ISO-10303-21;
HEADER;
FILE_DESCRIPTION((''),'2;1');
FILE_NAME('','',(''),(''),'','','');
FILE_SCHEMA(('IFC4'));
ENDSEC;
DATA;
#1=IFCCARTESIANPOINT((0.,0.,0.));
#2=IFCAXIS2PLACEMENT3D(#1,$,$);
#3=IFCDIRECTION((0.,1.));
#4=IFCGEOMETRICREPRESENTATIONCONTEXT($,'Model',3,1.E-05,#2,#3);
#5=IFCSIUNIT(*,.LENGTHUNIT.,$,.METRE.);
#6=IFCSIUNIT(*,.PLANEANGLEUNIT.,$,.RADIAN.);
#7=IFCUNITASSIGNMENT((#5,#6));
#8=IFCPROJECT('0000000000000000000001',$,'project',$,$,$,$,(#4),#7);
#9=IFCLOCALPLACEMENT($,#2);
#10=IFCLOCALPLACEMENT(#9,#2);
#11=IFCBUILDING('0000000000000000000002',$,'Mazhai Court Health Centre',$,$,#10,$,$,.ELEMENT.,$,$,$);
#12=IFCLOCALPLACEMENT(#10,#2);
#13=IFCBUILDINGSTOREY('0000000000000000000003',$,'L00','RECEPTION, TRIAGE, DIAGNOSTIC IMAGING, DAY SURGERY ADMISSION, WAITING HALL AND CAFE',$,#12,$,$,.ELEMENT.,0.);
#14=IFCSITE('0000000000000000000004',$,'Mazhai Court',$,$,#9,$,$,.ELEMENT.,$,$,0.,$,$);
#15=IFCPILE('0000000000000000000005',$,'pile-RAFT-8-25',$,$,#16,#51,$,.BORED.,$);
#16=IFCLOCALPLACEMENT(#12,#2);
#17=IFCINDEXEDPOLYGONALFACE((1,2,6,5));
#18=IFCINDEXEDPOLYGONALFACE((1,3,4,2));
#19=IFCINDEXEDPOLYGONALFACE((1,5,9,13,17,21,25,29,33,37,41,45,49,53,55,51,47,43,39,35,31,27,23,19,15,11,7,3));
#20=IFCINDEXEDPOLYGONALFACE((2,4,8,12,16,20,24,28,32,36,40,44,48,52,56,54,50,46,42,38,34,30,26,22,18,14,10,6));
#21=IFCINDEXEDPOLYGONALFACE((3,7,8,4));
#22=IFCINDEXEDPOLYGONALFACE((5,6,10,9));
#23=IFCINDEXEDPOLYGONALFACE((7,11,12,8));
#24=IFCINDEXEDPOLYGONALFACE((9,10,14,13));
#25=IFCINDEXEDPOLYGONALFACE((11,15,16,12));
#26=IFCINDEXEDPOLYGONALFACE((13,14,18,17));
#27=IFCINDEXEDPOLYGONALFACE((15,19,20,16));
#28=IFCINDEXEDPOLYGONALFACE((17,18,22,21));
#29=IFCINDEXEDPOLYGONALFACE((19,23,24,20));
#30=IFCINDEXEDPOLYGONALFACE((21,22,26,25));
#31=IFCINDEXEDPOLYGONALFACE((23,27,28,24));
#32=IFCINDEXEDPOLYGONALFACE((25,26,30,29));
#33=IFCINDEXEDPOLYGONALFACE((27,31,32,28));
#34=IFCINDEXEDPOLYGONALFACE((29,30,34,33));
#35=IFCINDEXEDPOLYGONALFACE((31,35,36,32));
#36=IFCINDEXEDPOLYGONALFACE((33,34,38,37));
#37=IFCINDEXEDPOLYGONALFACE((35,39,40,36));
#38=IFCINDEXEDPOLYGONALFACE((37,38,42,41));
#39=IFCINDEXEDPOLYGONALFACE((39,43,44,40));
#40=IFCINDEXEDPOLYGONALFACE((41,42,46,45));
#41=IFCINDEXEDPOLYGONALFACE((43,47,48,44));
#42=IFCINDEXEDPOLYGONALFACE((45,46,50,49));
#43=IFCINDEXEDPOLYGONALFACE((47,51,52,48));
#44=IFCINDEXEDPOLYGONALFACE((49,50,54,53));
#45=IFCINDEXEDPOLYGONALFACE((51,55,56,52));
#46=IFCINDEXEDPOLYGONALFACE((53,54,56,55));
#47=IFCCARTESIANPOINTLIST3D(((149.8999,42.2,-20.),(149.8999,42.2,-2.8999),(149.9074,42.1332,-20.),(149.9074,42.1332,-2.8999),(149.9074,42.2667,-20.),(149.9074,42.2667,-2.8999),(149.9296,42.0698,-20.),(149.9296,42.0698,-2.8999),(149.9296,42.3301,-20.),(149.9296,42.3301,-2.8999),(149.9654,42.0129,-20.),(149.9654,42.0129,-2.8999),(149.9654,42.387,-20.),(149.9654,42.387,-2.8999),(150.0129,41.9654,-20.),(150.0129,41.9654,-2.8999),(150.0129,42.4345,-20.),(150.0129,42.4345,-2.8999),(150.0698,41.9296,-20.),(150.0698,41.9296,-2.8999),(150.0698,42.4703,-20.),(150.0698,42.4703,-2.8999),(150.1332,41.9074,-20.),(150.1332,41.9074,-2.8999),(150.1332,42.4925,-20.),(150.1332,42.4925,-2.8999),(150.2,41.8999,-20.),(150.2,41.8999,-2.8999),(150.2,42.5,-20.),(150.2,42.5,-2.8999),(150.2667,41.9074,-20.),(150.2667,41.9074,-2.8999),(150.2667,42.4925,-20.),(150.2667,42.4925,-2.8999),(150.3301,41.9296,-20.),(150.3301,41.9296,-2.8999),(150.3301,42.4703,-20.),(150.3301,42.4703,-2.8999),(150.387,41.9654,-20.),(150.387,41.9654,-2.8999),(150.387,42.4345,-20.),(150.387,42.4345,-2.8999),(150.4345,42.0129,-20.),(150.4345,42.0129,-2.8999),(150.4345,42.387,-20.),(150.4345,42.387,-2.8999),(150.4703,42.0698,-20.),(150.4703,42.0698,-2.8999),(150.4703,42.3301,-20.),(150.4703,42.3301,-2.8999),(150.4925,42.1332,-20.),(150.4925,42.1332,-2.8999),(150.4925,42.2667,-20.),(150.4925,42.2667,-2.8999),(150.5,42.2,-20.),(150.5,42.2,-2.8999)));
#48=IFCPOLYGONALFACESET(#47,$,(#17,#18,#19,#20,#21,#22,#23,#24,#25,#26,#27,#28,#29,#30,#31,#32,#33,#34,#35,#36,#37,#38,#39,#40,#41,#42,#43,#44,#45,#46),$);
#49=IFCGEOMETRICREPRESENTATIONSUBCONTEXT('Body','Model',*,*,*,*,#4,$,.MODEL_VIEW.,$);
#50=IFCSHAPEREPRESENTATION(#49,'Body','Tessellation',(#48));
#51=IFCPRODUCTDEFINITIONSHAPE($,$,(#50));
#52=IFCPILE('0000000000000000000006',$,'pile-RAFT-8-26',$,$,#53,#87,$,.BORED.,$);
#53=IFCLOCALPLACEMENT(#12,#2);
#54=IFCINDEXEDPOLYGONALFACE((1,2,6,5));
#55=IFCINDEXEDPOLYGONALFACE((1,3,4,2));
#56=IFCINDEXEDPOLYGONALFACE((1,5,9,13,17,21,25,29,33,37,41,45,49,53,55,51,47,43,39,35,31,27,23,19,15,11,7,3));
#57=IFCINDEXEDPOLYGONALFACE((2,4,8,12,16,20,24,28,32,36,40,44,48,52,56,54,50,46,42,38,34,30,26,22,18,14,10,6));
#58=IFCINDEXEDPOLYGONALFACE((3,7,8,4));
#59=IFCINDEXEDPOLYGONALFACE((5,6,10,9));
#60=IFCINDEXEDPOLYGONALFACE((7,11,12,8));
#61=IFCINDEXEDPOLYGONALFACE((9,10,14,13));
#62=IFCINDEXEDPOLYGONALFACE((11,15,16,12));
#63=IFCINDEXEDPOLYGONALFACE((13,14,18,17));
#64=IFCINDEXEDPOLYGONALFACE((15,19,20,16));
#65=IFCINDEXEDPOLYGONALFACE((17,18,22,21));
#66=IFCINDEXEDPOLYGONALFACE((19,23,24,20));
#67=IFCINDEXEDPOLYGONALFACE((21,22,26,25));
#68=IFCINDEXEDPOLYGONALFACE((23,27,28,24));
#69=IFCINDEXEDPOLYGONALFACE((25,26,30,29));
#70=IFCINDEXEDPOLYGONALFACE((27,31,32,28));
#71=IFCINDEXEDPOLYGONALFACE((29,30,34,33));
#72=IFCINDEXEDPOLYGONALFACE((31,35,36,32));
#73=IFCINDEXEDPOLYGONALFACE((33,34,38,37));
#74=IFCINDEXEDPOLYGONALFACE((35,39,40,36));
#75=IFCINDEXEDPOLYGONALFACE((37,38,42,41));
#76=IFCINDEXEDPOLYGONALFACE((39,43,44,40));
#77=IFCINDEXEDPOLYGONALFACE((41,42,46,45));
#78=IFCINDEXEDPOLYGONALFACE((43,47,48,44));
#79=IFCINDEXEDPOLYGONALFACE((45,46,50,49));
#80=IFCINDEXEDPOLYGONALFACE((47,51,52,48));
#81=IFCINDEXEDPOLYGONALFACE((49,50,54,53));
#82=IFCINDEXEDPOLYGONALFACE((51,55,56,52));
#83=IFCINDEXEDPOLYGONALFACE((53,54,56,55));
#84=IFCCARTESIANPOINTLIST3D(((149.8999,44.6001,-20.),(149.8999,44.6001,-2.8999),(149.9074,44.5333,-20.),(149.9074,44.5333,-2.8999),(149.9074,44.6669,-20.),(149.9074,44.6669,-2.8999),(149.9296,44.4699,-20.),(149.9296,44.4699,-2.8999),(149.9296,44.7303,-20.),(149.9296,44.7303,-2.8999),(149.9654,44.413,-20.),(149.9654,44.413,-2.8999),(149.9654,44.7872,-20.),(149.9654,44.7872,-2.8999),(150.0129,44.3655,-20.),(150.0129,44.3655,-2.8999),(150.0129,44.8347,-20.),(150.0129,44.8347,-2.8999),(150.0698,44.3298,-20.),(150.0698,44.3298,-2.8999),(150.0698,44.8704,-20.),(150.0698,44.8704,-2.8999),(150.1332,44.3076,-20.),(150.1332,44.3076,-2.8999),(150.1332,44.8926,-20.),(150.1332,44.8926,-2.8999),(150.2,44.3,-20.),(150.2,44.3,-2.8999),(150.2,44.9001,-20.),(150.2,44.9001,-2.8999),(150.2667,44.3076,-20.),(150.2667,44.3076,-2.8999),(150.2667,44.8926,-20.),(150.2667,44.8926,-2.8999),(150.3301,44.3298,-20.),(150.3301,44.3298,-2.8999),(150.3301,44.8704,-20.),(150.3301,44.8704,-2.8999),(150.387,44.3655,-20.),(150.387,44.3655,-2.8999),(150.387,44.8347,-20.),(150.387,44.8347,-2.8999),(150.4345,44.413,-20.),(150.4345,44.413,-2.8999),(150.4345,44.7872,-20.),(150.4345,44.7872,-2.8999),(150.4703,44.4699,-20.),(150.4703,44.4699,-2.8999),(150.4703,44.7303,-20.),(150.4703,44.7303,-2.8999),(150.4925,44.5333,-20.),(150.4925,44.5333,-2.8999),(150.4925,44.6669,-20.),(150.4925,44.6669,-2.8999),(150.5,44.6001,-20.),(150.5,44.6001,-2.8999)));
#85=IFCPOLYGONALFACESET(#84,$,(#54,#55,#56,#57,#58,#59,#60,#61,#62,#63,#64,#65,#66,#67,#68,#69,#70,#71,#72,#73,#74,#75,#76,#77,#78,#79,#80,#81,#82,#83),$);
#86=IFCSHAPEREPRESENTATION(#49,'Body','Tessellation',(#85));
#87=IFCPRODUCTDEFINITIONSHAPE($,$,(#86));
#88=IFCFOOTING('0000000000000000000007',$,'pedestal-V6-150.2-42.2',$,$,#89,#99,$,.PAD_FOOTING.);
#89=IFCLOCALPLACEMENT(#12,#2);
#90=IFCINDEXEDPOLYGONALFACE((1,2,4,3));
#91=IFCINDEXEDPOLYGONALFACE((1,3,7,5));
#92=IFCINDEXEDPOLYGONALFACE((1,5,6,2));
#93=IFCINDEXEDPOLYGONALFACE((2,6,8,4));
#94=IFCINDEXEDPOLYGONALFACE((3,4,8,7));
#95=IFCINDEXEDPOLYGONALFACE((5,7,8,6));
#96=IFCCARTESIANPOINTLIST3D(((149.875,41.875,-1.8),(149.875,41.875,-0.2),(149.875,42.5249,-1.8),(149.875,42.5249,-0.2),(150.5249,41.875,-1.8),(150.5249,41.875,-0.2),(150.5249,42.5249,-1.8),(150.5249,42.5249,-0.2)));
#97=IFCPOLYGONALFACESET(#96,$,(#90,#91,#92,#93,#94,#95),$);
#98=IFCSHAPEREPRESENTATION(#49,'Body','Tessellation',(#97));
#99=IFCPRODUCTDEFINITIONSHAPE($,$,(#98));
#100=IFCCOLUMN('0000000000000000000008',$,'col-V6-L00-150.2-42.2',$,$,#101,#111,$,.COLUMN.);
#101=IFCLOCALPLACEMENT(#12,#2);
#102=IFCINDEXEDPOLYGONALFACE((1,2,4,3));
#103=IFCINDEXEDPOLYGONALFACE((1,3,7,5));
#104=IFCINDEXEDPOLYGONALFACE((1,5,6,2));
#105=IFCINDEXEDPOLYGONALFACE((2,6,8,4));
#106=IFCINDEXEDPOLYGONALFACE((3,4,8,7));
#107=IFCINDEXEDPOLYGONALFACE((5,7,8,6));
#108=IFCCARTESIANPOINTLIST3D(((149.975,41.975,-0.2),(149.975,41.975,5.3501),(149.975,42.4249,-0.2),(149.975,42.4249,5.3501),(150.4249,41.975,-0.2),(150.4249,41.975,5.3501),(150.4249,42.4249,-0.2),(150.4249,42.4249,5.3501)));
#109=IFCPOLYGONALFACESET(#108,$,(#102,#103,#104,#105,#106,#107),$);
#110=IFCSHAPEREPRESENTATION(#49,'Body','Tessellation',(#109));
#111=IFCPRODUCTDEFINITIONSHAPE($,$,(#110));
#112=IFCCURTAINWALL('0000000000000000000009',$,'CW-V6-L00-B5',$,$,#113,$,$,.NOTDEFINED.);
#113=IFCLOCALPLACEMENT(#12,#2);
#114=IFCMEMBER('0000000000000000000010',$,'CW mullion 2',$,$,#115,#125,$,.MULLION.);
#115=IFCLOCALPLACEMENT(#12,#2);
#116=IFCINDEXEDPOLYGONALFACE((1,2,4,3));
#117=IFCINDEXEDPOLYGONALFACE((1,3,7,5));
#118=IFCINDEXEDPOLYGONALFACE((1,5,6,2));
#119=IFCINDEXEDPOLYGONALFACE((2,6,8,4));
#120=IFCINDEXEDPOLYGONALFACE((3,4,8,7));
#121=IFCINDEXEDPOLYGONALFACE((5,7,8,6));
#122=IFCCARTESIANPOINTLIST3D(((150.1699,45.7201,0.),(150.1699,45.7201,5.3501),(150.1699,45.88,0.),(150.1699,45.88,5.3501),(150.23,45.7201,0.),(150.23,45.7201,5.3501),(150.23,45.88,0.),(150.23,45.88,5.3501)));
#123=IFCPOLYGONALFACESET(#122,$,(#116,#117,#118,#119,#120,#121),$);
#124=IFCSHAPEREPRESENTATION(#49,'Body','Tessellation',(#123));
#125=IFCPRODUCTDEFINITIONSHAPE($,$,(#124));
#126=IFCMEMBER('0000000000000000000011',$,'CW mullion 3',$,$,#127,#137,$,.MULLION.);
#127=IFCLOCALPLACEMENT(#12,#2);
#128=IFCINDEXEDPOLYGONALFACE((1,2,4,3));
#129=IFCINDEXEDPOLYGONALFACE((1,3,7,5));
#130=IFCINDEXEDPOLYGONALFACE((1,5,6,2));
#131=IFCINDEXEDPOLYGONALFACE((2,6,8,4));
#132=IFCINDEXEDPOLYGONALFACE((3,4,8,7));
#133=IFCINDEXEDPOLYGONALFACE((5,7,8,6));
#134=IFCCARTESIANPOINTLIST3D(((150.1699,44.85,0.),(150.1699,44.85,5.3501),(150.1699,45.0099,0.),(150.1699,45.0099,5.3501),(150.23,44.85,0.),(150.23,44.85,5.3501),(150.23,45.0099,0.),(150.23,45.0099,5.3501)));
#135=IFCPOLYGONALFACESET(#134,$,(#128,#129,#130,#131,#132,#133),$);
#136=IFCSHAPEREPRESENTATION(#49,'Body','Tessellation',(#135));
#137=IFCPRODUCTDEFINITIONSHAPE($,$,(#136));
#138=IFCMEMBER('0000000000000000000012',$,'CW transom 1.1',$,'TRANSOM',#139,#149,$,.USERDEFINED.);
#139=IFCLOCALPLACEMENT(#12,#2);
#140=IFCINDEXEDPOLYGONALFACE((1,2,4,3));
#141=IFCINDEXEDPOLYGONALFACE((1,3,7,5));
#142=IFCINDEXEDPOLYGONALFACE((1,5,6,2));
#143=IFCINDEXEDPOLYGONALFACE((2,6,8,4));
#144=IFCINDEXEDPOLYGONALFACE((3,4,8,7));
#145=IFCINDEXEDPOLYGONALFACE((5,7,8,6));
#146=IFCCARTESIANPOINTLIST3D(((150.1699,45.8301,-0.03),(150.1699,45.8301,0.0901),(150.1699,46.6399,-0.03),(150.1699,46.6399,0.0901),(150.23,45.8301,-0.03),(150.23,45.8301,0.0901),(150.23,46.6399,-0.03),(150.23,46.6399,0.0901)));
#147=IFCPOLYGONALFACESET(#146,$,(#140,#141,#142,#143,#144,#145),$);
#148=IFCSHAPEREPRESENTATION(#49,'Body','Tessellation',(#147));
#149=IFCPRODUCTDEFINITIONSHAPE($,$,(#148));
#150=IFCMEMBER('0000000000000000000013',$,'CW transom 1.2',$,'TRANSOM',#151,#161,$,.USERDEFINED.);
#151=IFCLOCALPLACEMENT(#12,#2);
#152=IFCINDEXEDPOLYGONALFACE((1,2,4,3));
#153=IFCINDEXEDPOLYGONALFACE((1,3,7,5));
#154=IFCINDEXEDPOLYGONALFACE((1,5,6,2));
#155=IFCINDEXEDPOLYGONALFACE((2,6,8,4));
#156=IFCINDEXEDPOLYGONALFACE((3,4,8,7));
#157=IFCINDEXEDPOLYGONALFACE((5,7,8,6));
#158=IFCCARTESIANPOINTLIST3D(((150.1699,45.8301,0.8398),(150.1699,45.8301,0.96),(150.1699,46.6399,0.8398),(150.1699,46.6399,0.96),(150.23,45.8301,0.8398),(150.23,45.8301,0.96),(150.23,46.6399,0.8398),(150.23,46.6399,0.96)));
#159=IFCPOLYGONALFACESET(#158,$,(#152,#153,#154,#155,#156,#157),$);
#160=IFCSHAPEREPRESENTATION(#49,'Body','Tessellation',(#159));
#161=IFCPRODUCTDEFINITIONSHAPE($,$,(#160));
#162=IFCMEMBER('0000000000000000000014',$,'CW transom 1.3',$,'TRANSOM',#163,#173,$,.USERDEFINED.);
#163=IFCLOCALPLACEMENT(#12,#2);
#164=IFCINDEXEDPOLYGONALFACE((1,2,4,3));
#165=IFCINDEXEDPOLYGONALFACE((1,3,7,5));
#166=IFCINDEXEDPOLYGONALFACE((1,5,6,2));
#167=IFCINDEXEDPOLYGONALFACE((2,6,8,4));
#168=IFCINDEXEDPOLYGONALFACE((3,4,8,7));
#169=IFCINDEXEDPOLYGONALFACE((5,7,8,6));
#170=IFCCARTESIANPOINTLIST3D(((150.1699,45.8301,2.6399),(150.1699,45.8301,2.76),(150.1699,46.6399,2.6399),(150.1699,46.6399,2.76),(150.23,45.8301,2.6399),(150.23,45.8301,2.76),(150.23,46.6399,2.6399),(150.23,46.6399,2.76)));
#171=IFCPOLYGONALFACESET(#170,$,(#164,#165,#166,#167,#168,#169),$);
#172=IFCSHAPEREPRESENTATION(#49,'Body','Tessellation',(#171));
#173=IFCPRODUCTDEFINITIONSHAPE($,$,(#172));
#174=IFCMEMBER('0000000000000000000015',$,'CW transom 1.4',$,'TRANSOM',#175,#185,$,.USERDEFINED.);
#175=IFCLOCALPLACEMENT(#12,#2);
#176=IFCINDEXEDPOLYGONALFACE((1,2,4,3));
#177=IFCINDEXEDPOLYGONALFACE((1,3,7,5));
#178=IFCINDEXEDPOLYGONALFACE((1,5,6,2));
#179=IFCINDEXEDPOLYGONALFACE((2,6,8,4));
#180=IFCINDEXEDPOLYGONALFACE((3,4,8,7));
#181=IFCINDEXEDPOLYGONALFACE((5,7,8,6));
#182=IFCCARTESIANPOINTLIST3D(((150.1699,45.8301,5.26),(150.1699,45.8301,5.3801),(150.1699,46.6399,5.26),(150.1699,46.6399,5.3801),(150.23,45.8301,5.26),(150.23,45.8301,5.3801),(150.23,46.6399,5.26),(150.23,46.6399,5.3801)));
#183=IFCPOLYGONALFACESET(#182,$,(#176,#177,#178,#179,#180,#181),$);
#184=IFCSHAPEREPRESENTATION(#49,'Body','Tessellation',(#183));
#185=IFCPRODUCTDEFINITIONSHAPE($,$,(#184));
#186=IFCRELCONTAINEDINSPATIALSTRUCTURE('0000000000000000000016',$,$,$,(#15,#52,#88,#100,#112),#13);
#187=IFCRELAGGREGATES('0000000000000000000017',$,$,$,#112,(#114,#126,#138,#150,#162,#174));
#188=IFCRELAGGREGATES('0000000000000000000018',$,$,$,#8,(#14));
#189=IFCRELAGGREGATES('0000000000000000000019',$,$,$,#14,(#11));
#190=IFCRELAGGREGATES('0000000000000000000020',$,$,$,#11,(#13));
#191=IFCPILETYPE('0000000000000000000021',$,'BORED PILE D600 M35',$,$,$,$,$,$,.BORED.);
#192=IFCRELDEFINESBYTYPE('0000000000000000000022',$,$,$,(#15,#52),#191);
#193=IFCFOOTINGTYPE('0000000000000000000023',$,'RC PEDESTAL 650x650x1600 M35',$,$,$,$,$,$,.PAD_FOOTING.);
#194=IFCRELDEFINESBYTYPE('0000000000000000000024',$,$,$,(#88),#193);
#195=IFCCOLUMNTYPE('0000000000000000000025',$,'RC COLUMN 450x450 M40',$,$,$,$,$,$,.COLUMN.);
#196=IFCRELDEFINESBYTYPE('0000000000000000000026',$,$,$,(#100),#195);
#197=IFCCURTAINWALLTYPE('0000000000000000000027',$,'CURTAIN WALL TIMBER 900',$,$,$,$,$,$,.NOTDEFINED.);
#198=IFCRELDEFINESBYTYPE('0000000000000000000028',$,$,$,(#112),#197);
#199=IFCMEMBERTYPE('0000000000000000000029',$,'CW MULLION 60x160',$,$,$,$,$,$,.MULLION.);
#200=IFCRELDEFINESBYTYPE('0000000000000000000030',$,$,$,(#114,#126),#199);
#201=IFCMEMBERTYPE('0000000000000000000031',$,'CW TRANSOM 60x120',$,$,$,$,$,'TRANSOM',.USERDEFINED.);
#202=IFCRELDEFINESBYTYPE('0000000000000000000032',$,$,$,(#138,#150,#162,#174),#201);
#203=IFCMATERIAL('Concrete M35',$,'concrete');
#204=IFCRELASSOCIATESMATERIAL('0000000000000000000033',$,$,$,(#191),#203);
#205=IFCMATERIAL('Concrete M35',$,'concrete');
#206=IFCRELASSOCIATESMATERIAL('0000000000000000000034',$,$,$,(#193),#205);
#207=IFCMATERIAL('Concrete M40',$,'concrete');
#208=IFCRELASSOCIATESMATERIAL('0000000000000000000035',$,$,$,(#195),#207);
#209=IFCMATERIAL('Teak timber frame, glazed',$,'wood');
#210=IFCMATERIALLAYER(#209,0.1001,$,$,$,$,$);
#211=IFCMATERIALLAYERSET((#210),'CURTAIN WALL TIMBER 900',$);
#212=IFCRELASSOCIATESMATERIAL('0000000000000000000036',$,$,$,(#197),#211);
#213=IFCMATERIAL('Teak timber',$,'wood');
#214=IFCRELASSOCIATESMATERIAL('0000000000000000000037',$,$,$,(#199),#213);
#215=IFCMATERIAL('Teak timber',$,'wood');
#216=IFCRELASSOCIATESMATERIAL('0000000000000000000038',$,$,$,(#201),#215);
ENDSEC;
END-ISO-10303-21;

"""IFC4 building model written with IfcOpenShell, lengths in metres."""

from ifc_helpers import new_model, si_unit, direction, frame, origin, origin_2d, place, context, subcontext, project, spatial, rectangle, circle, extrude, material, layer, layer_set, material_profile, profile_set, type_object, element, aggregate, save


model = new_model("IFC4")

# Units and contexts
model_context = context("Model", 3, precision=1e-05, world=origin(), true_north=direction((0.0, 1.0)))
body_context = subcontext(model_context, "Body", "Model", "MODEL_VIEW")
ifc_project = project(units=[si_unit("LENGTHUNIT", "METRE"), si_unit("PLANEANGLEUNIT", "RADIAN")], contexts=[model_context])

# Site, building, storey
site_placement = place(None, origin())
site = spatial("IfcSite", under=ifc_project, at=site_placement, Name="Mazhai Court", CompositionType="ELEMENT", RefElevation=0.0)
building_placement = place(site_placement, origin())
building = spatial("IfcBuilding", under=site, at=building_placement, Name="Mazhai Court Health Centre", CompositionType="ELEMENT")
storey_placement = place(building_placement, origin())
storey = spatial("IfcBuildingStorey", under=building, at=storey_placement, Name="L00", Description="RECEPTION, TRIAGE, DIAGNOSTIC IMAGING, DAY SURGERY ADMISSION, WAITING HALL AND CAFE", CompositionType="ELEMENT", Elevation=0.0)

# Piles
ifc_material_1 = material(Name="Concrete M35", Category="concrete")
ifc_material_profile_1 = material_profile(ifc_material_1, circle(Radius=0.3, at=origin_2d()), Name="RC PILE D600")
ifc_profile_set_1 = profile_set([ifc_material_profile_1], Name="Concrete M35")
pile_type = type_object("IfcPileType", Name="BORED PILE D600 M35", PredefinedType="BORED", material=ifc_profile_set_1)
for number, where, z_axis, x_axis, name in (
    (1, (150.2, 42.2, -2.8999), (0.0, 0.0, -1.0), (1.0, 0.0, 0.0), "pile-RAFT-8-25"),
    (2, (150.2, 44.6001, -2.8999), (0.0, 0.0, -1.0), (1.0, 0.0, 0.0), "pile-RAFT-8-26"),
):
    element("IfcPile", number, at=place(storey_placement, frame(where, z_axis=z_axis, x_axis=x_axis)), inside=storey, type_object=pile_type, Name=name, PredefinedType="BORED", context=body_context, shape_type="SweptSolid", body=[
        extrude(circle(Radius=0.3, at=origin_2d()), origin(), (0.0, 0.0, 1.0), 17.1001),
    ])

# Footing
ifc_material_2 = material(Name="Concrete M35", Category="concrete")
footing_type = type_object("IfcFootingType", Name="RC PEDESTAL 650x650x1600 M35", PredefinedType="PAD_FOOTING", material=ifc_material_2)
footing_placement = place(storey_placement, frame((150.2, 42.2, -1.8), z_axis=(0.0, 0.0, 1.0), x_axis=(1.0, 0.0, 0.0)))
element("IfcFooting", 3, at=footing_placement, inside=storey, type_object=footing_type, Name="pedestal-V6-150.2-42.2", PredefinedType="PAD_FOOTING", context=body_context, shape_type="SweptSolid", body=[
    extrude(rectangle(XDim=0.6499, YDim=0.6499, at=origin_2d()), origin(), (0.0, 0.0, 1.0), 1.6001),
])

# Column
ifc_material_3 = material(Name="Concrete M40", Category="concrete")
ifc_material_profile_2 = material_profile(ifc_material_3, rectangle(XDim=0.45, YDim=0.45, at=origin_2d()), Name="RC 450x450")
ifc_profile_set_2 = profile_set([ifc_material_profile_2], Name="Concrete M40")
column_type = type_object("IfcColumnType", Name="RC COLUMN 450x450 M40", PredefinedType="COLUMN", material=ifc_profile_set_2)
column_placement = place(storey_placement, frame((150.2, 42.2, -0.2), z_axis=(0.0, 0.0, 1.0), x_axis=(1.0, 0.0, 0.0)))
element("IfcColumn", 4, at=column_placement, inside=storey, type_object=column_type, Name="col-V6-L00-150.2-42.2", PredefinedType="COLUMN", context=body_context, shape_type="SweptSolid", body=[
    extrude(rectangle(XDim=0.45, YDim=0.45, at=origin_2d()), origin(), (0.0, 0.0, 1.0), 5.55),
])

# Curtain wall, members
ifc_material_4 = material(Name="Teak timber frame, glazed", Category="wood")
ifc_layer_1 = layer(ifc_material_4, 0.1001)
ifc_layer_set_1 = layer_set([ifc_layer_1], Name="CURTAIN WALL TIMBER 900")
curtain_wall_type = type_object("IfcCurtainWallType", Name="CURTAIN WALL TIMBER 900", PredefinedType="NOTDEFINED", material=ifc_layer_set_1)
curtain_wall_placement = place(storey_placement, origin())
curtain_wall = element("IfcCurtainWall", 5, at=curtain_wall_placement, inside=storey, type_object=curtain_wall_type, Name="CW-V6-L00-B5", PredefinedType="NOTDEFINED")
ifc_material_5 = material(Name="Teak timber", Category="wood")
ifc_material_profile_3 = material_profile(ifc_material_5, rectangle(XDim=0.0601, YDim=0.1599, at=origin_2d()), Name="CW MULLION 60x160")
ifc_profile_set_3 = profile_set([ifc_material_profile_3], Name="Teak timber")
member_type_1 = type_object("IfcMemberType", Name="CW MULLION 60x160", PredefinedType="MULLION", material=ifc_profile_set_3)
member_1_placement = place(storey_placement, frame((150.2, 45.8, 0.0), z_axis=(0.0, 0.0, 1.0), x_axis=(1.0, 0.0, 0.0)))
member_1 = element("IfcMember", 6, at=member_1_placement, type_object=member_type_1, Name="CW mullion 2", PredefinedType="MULLION", context=body_context, shape_type="SweptSolid", body=[
    extrude(rectangle(XDim=0.0601, YDim=0.1599, at=origin_2d()), origin(), (0.0, 0.0, 1.0), 5.3501),
])
member_2_placement = place(storey_placement, frame((150.2, 44.9299, 0.0), z_axis=(0.0, 0.0, 1.0), x_axis=(1.0, 0.0, 0.0)))
member_2 = element("IfcMember", 7, at=member_2_placement, type_object=member_type_1, Name="CW mullion 3", PredefinedType="MULLION", context=body_context, shape_type="SweptSolid", body=[
    extrude(rectangle(XDim=0.0601, YDim=0.1599, at=origin_2d()), origin(), (0.0, 0.0, 1.0), 5.3501),
])
ifc_material_6 = material(Name="Teak timber", Category="wood")
ifc_material_profile_4 = material_profile(ifc_material_6, rectangle(XDim=0.0601, YDim=0.1201, at=origin_2d()), Name="CW TRANSOM 60x120")
ifc_profile_set_4 = profile_set([ifc_material_profile_4], Name="Teak timber")
member_type_2 = type_object("IfcMemberType", Name="CW TRANSOM 60x120", ElementType="TRANSOM", PredefinedType="USERDEFINED", material=ifc_profile_set_4)
member_3_placement = place(storey_placement, frame((150.2, 46.6399, 0.03), z_axis=(0.0, -1.0, 0.0), x_axis=(1.0, 0.0, 0.0)))
member_3 = element("IfcMember", 8, at=member_3_placement, type_object=member_type_2, Name="CW transom 1.1", ObjectType="TRANSOM", PredefinedType="USERDEFINED", context=body_context, shape_type="SweptSolid", body=[
    extrude(rectangle(XDim=0.0601, YDim=0.1201, at=origin_2d()), origin(), (0.0, 0.0, 1.0), 0.8098),
])
member_4_placement = place(storey_placement, frame((150.2, 46.6399, 0.8999), z_axis=(0.0, -1.0, 0.0), x_axis=(1.0, 0.0, 0.0)))
member_4 = element("IfcMember", 9, at=member_4_placement, type_object=member_type_2, Name="CW transom 1.2", ObjectType="TRANSOM", PredefinedType="USERDEFINED", context=body_context, shape_type="SweptSolid", body=[
    extrude(rectangle(XDim=0.0601, YDim=0.1201, at=origin_2d()), origin(), (0.0, 0.0, 1.0), 0.8098),
])
member_5_placement = place(storey_placement, frame((150.2, 46.6399, 2.7), z_axis=(0.0, -1.0, 0.0), x_axis=(1.0, 0.0, 0.0)))
member_5 = element("IfcMember", 10, at=member_5_placement, type_object=member_type_2, Name="CW transom 1.3", ObjectType="TRANSOM", PredefinedType="USERDEFINED", context=body_context, shape_type="SweptSolid", body=[
    extrude(rectangle(XDim=0.0601, YDim=0.1201, at=origin_2d()), origin(), (0.0, 0.0, 1.0), 0.8098),
])
member_6_placement = place(storey_placement, frame((150.2, 46.6399, 5.3201), z_axis=(0.0, -1.0, 0.0), x_axis=(1.0, 0.0, 0.0)))
member_6 = element("IfcMember", 11, at=member_6_placement, type_object=member_type_2, Name="CW transom 1.4", ObjectType="TRANSOM", PredefinedType="USERDEFINED", context=body_context, shape_type="SweptSolid", body=[
    extrude(rectangle(XDim=0.0601, YDim=0.1201, at=origin_2d()), origin(), (0.0, 0.0, 1.0), 0.8098),
])
aggregate(curtain_wall, [member_1, member_2, member_3, member_4, member_5, member_6])

save(model, "model.ifc")
